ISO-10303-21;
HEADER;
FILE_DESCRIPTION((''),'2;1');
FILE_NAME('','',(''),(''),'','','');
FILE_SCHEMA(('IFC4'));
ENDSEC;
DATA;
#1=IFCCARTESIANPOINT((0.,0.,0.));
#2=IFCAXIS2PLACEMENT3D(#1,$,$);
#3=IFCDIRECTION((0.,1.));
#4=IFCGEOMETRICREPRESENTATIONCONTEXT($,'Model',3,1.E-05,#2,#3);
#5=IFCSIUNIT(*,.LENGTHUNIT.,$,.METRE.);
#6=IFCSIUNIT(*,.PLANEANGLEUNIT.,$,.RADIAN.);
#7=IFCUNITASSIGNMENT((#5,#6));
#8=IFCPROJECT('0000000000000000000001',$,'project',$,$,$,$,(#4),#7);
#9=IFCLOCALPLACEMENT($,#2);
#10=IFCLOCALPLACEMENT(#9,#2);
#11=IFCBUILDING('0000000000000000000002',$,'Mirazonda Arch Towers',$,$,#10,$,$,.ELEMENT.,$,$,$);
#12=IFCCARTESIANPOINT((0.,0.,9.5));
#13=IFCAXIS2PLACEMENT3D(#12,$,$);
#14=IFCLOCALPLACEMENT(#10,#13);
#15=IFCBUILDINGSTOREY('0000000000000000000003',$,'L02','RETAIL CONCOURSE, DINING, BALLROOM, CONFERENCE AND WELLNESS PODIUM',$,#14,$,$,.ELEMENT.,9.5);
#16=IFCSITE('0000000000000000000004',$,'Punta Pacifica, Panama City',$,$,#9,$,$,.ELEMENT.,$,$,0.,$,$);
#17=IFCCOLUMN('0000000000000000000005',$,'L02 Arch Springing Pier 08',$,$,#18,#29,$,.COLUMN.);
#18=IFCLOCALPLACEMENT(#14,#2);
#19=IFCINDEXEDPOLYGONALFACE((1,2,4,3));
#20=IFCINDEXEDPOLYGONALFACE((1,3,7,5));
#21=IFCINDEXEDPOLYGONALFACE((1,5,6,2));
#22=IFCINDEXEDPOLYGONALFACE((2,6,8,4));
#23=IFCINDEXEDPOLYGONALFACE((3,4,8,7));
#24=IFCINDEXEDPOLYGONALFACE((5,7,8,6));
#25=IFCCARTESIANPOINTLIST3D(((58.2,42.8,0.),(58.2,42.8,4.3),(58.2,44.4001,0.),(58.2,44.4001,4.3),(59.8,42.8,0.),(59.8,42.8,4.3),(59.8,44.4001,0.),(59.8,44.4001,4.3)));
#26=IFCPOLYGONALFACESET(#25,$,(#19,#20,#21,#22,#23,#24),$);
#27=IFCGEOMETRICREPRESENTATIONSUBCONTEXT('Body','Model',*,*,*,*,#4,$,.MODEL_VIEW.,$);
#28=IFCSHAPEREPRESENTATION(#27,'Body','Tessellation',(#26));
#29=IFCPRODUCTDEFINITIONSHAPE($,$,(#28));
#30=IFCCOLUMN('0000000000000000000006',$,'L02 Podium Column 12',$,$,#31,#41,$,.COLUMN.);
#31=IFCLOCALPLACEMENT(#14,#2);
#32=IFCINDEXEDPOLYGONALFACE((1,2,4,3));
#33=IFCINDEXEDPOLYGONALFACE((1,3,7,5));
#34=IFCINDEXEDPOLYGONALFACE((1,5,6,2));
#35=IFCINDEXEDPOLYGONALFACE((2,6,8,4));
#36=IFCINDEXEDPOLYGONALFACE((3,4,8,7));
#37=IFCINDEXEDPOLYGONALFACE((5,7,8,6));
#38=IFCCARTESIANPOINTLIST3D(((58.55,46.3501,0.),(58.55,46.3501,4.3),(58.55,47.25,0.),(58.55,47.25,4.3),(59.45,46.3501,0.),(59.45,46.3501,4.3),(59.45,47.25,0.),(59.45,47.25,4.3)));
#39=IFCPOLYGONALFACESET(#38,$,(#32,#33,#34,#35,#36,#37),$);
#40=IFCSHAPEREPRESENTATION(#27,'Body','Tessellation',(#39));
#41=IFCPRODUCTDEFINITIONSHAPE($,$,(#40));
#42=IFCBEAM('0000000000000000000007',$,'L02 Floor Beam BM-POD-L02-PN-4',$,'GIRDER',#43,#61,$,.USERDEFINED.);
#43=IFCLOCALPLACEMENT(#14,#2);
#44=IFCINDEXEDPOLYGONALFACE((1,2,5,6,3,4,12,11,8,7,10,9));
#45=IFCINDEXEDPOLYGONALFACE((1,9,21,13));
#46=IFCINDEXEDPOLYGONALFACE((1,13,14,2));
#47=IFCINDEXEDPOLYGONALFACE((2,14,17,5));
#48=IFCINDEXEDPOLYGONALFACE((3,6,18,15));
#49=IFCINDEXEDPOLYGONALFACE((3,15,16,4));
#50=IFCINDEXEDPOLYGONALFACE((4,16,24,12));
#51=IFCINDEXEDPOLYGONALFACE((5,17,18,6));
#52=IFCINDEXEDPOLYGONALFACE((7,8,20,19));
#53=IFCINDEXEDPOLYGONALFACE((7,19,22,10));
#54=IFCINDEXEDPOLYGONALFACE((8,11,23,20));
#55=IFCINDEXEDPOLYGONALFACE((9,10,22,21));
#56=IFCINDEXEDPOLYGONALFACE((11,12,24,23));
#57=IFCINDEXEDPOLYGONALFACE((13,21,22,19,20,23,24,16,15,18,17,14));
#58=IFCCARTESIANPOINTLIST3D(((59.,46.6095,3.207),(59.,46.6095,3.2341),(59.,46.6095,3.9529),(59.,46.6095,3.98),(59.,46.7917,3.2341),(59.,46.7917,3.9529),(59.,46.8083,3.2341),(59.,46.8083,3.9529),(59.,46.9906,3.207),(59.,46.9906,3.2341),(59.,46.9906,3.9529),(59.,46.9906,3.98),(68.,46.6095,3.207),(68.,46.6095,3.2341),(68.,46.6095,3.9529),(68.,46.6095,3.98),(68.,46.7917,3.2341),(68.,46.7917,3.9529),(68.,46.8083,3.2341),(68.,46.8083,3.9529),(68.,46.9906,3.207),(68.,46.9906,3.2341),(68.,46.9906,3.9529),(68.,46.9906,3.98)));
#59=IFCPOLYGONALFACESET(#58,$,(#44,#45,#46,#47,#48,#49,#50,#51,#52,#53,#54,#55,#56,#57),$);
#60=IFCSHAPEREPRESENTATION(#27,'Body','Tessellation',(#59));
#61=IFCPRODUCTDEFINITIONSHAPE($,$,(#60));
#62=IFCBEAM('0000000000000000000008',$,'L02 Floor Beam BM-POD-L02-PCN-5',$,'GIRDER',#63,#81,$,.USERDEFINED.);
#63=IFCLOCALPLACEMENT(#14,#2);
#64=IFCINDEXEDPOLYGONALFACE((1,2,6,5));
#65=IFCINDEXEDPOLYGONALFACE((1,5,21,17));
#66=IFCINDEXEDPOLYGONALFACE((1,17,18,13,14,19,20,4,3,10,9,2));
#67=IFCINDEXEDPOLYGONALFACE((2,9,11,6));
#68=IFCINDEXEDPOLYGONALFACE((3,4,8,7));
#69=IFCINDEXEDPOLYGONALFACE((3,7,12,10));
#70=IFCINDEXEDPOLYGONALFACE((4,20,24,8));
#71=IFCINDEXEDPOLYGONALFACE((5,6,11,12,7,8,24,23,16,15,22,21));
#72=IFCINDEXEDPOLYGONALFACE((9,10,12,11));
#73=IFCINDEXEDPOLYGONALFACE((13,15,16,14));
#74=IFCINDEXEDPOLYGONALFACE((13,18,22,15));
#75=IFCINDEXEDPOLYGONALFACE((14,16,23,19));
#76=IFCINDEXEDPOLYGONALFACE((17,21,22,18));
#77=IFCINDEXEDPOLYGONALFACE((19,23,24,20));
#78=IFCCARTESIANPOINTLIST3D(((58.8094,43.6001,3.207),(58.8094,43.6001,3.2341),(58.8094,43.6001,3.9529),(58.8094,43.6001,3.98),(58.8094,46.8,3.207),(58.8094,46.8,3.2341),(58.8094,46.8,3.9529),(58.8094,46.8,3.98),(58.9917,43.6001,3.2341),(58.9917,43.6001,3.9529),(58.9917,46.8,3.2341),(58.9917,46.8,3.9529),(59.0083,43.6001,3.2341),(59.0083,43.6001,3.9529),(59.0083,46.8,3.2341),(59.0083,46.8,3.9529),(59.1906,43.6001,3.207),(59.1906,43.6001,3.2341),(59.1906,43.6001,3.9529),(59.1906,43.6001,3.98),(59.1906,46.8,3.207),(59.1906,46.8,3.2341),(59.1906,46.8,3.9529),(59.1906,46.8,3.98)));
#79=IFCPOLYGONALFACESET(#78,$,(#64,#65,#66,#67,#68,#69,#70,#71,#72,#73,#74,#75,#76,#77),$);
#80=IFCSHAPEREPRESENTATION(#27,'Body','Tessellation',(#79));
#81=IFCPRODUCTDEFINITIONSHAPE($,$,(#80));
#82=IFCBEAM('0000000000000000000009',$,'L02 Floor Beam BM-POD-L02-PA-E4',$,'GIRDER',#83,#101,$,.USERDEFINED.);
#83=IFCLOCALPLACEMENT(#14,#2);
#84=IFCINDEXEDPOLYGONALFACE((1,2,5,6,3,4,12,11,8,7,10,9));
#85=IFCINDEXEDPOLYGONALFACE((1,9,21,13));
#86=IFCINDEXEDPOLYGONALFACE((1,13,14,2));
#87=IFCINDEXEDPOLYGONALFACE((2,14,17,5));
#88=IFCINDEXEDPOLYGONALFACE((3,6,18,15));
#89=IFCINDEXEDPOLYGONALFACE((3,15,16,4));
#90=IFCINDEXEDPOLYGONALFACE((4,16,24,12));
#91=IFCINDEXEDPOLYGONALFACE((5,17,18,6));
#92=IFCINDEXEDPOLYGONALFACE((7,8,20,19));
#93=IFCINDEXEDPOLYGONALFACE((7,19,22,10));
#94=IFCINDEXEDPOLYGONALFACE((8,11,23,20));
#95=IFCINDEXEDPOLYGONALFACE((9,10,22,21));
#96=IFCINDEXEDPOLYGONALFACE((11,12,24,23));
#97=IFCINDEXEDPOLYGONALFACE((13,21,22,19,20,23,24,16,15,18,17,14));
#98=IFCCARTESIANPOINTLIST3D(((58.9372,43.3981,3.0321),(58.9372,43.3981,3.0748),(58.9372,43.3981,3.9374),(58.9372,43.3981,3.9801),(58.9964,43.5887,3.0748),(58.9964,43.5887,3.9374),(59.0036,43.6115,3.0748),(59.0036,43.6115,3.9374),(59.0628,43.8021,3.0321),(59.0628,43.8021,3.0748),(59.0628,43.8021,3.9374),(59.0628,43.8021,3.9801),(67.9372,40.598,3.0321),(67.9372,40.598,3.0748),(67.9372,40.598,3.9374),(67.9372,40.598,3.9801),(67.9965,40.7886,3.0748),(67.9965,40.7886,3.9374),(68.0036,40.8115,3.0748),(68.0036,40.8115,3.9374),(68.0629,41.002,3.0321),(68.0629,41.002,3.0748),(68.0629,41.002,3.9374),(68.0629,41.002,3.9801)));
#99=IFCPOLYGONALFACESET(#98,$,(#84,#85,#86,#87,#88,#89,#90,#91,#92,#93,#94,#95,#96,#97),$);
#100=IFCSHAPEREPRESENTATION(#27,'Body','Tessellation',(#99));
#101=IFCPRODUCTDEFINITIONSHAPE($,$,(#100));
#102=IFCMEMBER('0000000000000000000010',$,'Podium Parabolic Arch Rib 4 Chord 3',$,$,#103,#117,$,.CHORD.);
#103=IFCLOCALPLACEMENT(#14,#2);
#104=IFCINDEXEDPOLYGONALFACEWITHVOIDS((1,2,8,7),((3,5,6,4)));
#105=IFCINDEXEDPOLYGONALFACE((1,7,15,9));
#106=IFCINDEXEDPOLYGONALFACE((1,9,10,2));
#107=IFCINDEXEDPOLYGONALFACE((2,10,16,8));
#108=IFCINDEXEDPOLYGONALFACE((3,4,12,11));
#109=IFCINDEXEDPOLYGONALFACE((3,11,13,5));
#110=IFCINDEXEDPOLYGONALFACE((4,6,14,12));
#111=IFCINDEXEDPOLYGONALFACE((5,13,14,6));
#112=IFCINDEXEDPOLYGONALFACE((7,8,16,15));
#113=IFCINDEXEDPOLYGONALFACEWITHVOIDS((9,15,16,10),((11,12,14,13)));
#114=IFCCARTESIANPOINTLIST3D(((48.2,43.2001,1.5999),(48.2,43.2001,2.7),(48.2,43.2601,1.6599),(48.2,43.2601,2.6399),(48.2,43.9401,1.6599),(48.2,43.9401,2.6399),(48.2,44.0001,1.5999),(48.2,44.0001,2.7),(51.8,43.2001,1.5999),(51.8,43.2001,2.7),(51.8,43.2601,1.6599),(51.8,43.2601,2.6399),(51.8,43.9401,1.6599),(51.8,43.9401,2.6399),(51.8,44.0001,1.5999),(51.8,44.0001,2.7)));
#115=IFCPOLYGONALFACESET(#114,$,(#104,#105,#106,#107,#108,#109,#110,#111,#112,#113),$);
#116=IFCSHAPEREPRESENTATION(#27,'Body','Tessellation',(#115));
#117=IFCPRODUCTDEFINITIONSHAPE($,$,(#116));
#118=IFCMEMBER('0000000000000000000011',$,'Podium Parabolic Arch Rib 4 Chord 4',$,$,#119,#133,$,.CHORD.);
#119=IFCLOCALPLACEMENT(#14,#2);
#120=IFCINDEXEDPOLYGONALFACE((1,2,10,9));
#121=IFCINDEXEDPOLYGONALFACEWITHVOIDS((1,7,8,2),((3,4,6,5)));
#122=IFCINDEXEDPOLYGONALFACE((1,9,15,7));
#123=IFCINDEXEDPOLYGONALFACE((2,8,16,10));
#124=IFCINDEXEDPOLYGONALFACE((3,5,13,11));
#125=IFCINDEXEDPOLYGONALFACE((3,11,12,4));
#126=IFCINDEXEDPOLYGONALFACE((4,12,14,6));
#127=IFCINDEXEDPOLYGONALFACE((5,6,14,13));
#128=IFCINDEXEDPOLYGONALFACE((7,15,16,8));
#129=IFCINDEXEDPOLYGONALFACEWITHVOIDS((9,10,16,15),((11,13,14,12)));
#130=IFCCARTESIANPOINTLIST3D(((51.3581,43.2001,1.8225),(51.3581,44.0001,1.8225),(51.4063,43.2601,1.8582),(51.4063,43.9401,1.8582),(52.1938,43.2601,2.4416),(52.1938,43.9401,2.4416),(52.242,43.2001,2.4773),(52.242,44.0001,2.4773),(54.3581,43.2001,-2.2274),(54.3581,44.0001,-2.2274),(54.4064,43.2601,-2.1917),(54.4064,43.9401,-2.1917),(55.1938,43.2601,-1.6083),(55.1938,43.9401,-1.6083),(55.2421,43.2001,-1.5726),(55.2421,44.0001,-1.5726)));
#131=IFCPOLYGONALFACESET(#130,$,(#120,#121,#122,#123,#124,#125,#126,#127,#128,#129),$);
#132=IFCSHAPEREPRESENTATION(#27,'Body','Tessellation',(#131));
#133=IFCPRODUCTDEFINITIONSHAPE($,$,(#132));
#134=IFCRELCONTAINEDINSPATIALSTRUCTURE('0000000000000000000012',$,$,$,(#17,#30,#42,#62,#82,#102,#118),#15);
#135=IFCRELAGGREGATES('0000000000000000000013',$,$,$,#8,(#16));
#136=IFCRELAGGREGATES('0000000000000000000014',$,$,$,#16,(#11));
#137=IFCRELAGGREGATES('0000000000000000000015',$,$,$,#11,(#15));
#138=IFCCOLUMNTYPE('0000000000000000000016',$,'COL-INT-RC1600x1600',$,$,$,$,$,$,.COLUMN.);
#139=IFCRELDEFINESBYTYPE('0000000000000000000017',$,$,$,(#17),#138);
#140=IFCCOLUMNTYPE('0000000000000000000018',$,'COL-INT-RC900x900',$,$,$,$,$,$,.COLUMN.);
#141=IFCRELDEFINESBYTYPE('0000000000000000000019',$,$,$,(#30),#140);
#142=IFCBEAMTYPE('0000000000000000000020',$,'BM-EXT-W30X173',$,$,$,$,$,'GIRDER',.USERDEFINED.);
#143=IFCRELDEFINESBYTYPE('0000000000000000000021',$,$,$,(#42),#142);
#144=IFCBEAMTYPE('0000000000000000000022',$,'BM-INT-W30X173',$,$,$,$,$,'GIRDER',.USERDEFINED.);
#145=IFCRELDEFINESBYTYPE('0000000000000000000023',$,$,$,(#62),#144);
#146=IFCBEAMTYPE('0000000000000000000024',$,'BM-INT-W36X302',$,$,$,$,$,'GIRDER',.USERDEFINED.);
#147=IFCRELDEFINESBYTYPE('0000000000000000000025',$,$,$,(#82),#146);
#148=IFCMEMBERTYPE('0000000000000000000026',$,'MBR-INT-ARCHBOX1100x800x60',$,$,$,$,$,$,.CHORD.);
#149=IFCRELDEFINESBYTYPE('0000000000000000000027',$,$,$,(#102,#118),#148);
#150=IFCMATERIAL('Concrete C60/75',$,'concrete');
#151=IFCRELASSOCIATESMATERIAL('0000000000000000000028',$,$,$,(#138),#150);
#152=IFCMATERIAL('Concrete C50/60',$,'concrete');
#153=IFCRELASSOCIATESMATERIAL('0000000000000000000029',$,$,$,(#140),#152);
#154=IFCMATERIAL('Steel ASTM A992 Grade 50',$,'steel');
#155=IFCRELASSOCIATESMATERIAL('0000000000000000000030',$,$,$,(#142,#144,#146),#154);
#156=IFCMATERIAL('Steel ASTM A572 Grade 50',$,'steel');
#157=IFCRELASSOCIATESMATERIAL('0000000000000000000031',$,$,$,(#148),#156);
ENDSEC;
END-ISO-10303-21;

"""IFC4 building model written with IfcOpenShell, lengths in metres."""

from ifc_helpers import new_model, si_unit, direction, frame, origin, origin_2d, place, context, subcontext, project, spatial, rectangle, hollow_rectangle, i_section, extrude, material, material_profile, profile_set, type_object, element, save


model = new_model("IFC4")

# Units and contexts
model_context = context("Model", 3, precision=1e-05, world=origin(), true_north=direction((0.0, 1.0)))
body_context = subcontext(model_context, "Body", "Model", "MODEL_VIEW")
ifc_project = project(units=[si_unit("LENGTHUNIT", "METRE"), si_unit("PLANEANGLEUNIT", "RADIAN")], contexts=[model_context])

# Site, building, storey
site_placement = place(None, origin())
site = spatial("IfcSite", under=ifc_project, at=site_placement, Name="Punta Pacifica, Panama City", CompositionType="ELEMENT", RefElevation=0.0)
building_placement = place(site_placement, origin())
building = spatial("IfcBuilding", under=site, at=building_placement, Name="Mirazonda Arch Towers", CompositionType="ELEMENT")
storey_placement = place(building_placement, frame((0.0, 0.0, 9.5)))
storey = spatial("IfcBuildingStorey", under=building, at=storey_placement, Name="L02", Description="RETAIL CONCOURSE, DINING, BALLROOM, CONFERENCE AND WELLNESS PODIUM", CompositionType="ELEMENT", Elevation=9.5)

# Columns
ifc_material_1 = material(Name="Concrete C60/75", Category="concrete")
ifc_material_profile_1 = material_profile(ifc_material_1, rectangle(XDim=1.6001, YDim=1.6001, at=origin_2d()), Name="RC1600x1600")
ifc_profile_set_1 = profile_set([ifc_material_profile_1], Name="Concrete C60/75")
column_type_1 = type_object("IfcColumnType", Name="COL-INT-RC1600x1600", PredefinedType="COLUMN", material=ifc_profile_set_1)
column_1_placement = place(storey_placement, frame((59.0, 43.6001, 0.0), z_axis=(0.0, 0.0, 1.0), x_axis=(1.0, 0.0, 0.0)))
element("IfcColumn", 1, at=column_1_placement, inside=storey, type_object=column_type_1, Name="L02 Arch Springing Pier 08", PredefinedType="COLUMN", context=body_context, shape_type="SweptSolid", body=[
    extrude(rectangle(XDim=1.6001, YDim=1.6001, at=origin_2d()), origin(), (0.0, 0.0, 1.0), 4.3),
])
ifc_material_2 = material(Name="Concrete C50/60", Category="concrete")
ifc_material_profile_2 = material_profile(ifc_material_2, rectangle(XDim=0.8999, YDim=0.8999, at=origin_2d()), Name="RC900x900")
ifc_profile_set_2 = profile_set([ifc_material_profile_2], Name="Concrete C50/60")
column_type_2 = type_object("IfcColumnType", Name="COL-INT-RC900x900", PredefinedType="COLUMN", material=ifc_profile_set_2)
column_2_placement = place(storey_placement, frame((59.0, 46.8, 0.0), z_axis=(0.0, 0.0, 1.0), x_axis=(1.0, 0.0, 0.0)))
element("IfcColumn", 2, at=column_2_placement, inside=storey, type_object=column_type_2, Name="L02 Podium Column 12", PredefinedType="COLUMN", context=body_context, shape_type="SweptSolid", body=[
    extrude(rectangle(XDim=0.8999, YDim=0.8999, at=origin_2d()), origin(), (0.0, 0.0, 1.0), 4.3),
])

# Beams
ifc_material_3 = material(Name="Steel ASTM A992 Grade 50", Category="steel")
ifc_material_profile_3 = material_profile(ifc_material_3, i_section(OverallWidth=0.3811, OverallDepth=0.7729, WebThickness=0.0166, FlangeThickness=0.0271, at=origin_2d()), Name="W30X173")
ifc_profile_set_3 = profile_set([ifc_material_profile_3], Name="Steel ASTM A992 Grade 50")
beam_type_1 = type_object("IfcBeamType", Name="BM-EXT-W30X173", ElementType="GIRDER", PredefinedType="USERDEFINED", material=ifc_profile_set_3)
beam_1_placement = place(storey_placement, frame((59.0, 46.8, 3.5935), z_axis=(1.0, 0.0, 0.0), x_axis=(0.0, 1.0, 0.0)))
element("IfcBeam", 3, at=beam_1_placement, inside=storey, type_object=beam_type_1, Name="L02 Floor Beam BM-POD-L02-PN-4", ObjectType="GIRDER", PredefinedType="USERDEFINED", context=body_context, shape_type="SweptSolid", body=[
    extrude(i_section(OverallWidth=0.3811, OverallDepth=0.7729, WebThickness=0.0166, FlangeThickness=0.0271, at=origin_2d()), origin(), (0.0, 0.0, 1.0), 9.0),
])
ifc_material_profile_4 = material_profile(ifc_material_3, i_section(OverallWidth=0.3811, OverallDepth=0.7729, WebThickness=0.0166, FlangeThickness=0.0271, at=origin_2d()), Name="W30X173")
ifc_profile_set_4 = profile_set([ifc_material_profile_4], Name="Steel ASTM A992 Grade 50")
beam_type_2 = type_object("IfcBeamType", Name="BM-INT-W30X173", ElementType="GIRDER", PredefinedType="USERDEFINED", material=ifc_profile_set_4)
beam_2_placement = place(storey_placement, frame((59.0, 43.6001, 3.5935), z_axis=(0.0, 1.0, 0.0), x_axis=(-1.0, 0.0, 0.0)))
element("IfcBeam", 4, at=beam_2_placement, inside=storey, type_object=beam_type_2, Name="L02 Floor Beam BM-POD-L02-PCN-5", ObjectType="GIRDER", PredefinedType="USERDEFINED", context=body_context, shape_type="SweptSolid", body=[
    extrude(i_section(OverallWidth=0.3811, OverallDepth=0.7729, WebThickness=0.0166, FlangeThickness=0.0271, at=origin_2d()), origin(), (0.0, 0.0, 1.0), 3.2),
])
ifc_material_profile_5 = material_profile(ifc_material_3, i_section(OverallWidth=0.4231, OverallDepth=0.948, WebThickness=0.0239, FlangeThickness=0.0427, at=origin_2d()), Name="W36X302")
ifc_profile_set_5 = profile_set([ifc_material_profile_5], Name="Steel ASTM A992 Grade 50")
beam_type_3 = type_object("IfcBeamType", Name="BM-INT-W36X302", ElementType="GIRDER", PredefinedType="USERDEFINED", material=ifc_profile_set_5)
beam_3_placement = place(storey_placement, frame((59.0, 43.6001, 3.5061), z_axis=(0.954855, -0.297071, 0.0), x_axis=(0.297071, 0.954855, 0.0)))
element("IfcBeam", 5, at=beam_3_placement, inside=storey, type_object=beam_type_3, Name="L02 Floor Beam BM-POD-L02-PA-E4", ObjectType="GIRDER", PredefinedType="USERDEFINED", context=body_context, shape_type="SweptSolid", body=[
    extrude(i_section(OverallWidth=0.4231, OverallDepth=0.948, WebThickness=0.0239, FlangeThickness=0.0427, at=origin_2d()), origin(), (0.0, 0.0, 1.0), 9.4255),
])

# Members
ifc_material_4 = material(Name="Steel ASTM A572 Grade 50", Category="steel")
ifc_material_profile_6 = material_profile(ifc_material_4, hollow_rectangle(XDim=0.8, YDim=1.1001, WallThickness=0.0601, at=origin_2d()), Name="ARCHBOX1100x800x60")
ifc_profile_set_6 = profile_set([ifc_material_profile_6], Name="Steel ASTM A572 Grade 50")
member_type_1 = type_object("IfcMemberType", Name="MBR-INT-ARCHBOX1100x800x60", PredefinedType="CHORD", material=ifc_profile_set_6)
member_1_placement = place(storey_placement, frame((48.2, 43.6001, 2.1499), z_axis=(1.0, 0.0, 0.0), x_axis=(0.0, 1.0, 0.0)))
element("IfcMember", 6, at=member_1_placement, inside=storey, type_object=member_type_1, Name="Podium Parabolic Arch Rib 4 Chord 3", PredefinedType="CHORD", context=body_context, shape_type="SweptSolid", body=[
    extrude(hollow_rectangle(XDim=0.8, YDim=1.1001, WallThickness=0.0601, at=origin_2d()), origin(), (0.0, 0.0, 1.0), 3.6001),
])
member_2_placement = place(storey_placement, frame((51.8, 43.6001, 2.1499), z_axis=(0.595246, 0.0, -0.803543), x_axis=(0.0, 1.0, 0.0)))
element("IfcMember", 7, at=member_2_placement, inside=storey, type_object=member_type_1, Name="Podium Parabolic Arch Rib 4 Chord 4", PredefinedType="CHORD", context=body_context, shape_type="SweptSolid", body=[
    extrude(hollow_rectangle(XDim=0.8, YDim=1.1001, WallThickness=0.0601, at=origin_2d()), origin(), (0.0, 0.0, 1.0), 5.04),
])

save(model, "model.ifc")
